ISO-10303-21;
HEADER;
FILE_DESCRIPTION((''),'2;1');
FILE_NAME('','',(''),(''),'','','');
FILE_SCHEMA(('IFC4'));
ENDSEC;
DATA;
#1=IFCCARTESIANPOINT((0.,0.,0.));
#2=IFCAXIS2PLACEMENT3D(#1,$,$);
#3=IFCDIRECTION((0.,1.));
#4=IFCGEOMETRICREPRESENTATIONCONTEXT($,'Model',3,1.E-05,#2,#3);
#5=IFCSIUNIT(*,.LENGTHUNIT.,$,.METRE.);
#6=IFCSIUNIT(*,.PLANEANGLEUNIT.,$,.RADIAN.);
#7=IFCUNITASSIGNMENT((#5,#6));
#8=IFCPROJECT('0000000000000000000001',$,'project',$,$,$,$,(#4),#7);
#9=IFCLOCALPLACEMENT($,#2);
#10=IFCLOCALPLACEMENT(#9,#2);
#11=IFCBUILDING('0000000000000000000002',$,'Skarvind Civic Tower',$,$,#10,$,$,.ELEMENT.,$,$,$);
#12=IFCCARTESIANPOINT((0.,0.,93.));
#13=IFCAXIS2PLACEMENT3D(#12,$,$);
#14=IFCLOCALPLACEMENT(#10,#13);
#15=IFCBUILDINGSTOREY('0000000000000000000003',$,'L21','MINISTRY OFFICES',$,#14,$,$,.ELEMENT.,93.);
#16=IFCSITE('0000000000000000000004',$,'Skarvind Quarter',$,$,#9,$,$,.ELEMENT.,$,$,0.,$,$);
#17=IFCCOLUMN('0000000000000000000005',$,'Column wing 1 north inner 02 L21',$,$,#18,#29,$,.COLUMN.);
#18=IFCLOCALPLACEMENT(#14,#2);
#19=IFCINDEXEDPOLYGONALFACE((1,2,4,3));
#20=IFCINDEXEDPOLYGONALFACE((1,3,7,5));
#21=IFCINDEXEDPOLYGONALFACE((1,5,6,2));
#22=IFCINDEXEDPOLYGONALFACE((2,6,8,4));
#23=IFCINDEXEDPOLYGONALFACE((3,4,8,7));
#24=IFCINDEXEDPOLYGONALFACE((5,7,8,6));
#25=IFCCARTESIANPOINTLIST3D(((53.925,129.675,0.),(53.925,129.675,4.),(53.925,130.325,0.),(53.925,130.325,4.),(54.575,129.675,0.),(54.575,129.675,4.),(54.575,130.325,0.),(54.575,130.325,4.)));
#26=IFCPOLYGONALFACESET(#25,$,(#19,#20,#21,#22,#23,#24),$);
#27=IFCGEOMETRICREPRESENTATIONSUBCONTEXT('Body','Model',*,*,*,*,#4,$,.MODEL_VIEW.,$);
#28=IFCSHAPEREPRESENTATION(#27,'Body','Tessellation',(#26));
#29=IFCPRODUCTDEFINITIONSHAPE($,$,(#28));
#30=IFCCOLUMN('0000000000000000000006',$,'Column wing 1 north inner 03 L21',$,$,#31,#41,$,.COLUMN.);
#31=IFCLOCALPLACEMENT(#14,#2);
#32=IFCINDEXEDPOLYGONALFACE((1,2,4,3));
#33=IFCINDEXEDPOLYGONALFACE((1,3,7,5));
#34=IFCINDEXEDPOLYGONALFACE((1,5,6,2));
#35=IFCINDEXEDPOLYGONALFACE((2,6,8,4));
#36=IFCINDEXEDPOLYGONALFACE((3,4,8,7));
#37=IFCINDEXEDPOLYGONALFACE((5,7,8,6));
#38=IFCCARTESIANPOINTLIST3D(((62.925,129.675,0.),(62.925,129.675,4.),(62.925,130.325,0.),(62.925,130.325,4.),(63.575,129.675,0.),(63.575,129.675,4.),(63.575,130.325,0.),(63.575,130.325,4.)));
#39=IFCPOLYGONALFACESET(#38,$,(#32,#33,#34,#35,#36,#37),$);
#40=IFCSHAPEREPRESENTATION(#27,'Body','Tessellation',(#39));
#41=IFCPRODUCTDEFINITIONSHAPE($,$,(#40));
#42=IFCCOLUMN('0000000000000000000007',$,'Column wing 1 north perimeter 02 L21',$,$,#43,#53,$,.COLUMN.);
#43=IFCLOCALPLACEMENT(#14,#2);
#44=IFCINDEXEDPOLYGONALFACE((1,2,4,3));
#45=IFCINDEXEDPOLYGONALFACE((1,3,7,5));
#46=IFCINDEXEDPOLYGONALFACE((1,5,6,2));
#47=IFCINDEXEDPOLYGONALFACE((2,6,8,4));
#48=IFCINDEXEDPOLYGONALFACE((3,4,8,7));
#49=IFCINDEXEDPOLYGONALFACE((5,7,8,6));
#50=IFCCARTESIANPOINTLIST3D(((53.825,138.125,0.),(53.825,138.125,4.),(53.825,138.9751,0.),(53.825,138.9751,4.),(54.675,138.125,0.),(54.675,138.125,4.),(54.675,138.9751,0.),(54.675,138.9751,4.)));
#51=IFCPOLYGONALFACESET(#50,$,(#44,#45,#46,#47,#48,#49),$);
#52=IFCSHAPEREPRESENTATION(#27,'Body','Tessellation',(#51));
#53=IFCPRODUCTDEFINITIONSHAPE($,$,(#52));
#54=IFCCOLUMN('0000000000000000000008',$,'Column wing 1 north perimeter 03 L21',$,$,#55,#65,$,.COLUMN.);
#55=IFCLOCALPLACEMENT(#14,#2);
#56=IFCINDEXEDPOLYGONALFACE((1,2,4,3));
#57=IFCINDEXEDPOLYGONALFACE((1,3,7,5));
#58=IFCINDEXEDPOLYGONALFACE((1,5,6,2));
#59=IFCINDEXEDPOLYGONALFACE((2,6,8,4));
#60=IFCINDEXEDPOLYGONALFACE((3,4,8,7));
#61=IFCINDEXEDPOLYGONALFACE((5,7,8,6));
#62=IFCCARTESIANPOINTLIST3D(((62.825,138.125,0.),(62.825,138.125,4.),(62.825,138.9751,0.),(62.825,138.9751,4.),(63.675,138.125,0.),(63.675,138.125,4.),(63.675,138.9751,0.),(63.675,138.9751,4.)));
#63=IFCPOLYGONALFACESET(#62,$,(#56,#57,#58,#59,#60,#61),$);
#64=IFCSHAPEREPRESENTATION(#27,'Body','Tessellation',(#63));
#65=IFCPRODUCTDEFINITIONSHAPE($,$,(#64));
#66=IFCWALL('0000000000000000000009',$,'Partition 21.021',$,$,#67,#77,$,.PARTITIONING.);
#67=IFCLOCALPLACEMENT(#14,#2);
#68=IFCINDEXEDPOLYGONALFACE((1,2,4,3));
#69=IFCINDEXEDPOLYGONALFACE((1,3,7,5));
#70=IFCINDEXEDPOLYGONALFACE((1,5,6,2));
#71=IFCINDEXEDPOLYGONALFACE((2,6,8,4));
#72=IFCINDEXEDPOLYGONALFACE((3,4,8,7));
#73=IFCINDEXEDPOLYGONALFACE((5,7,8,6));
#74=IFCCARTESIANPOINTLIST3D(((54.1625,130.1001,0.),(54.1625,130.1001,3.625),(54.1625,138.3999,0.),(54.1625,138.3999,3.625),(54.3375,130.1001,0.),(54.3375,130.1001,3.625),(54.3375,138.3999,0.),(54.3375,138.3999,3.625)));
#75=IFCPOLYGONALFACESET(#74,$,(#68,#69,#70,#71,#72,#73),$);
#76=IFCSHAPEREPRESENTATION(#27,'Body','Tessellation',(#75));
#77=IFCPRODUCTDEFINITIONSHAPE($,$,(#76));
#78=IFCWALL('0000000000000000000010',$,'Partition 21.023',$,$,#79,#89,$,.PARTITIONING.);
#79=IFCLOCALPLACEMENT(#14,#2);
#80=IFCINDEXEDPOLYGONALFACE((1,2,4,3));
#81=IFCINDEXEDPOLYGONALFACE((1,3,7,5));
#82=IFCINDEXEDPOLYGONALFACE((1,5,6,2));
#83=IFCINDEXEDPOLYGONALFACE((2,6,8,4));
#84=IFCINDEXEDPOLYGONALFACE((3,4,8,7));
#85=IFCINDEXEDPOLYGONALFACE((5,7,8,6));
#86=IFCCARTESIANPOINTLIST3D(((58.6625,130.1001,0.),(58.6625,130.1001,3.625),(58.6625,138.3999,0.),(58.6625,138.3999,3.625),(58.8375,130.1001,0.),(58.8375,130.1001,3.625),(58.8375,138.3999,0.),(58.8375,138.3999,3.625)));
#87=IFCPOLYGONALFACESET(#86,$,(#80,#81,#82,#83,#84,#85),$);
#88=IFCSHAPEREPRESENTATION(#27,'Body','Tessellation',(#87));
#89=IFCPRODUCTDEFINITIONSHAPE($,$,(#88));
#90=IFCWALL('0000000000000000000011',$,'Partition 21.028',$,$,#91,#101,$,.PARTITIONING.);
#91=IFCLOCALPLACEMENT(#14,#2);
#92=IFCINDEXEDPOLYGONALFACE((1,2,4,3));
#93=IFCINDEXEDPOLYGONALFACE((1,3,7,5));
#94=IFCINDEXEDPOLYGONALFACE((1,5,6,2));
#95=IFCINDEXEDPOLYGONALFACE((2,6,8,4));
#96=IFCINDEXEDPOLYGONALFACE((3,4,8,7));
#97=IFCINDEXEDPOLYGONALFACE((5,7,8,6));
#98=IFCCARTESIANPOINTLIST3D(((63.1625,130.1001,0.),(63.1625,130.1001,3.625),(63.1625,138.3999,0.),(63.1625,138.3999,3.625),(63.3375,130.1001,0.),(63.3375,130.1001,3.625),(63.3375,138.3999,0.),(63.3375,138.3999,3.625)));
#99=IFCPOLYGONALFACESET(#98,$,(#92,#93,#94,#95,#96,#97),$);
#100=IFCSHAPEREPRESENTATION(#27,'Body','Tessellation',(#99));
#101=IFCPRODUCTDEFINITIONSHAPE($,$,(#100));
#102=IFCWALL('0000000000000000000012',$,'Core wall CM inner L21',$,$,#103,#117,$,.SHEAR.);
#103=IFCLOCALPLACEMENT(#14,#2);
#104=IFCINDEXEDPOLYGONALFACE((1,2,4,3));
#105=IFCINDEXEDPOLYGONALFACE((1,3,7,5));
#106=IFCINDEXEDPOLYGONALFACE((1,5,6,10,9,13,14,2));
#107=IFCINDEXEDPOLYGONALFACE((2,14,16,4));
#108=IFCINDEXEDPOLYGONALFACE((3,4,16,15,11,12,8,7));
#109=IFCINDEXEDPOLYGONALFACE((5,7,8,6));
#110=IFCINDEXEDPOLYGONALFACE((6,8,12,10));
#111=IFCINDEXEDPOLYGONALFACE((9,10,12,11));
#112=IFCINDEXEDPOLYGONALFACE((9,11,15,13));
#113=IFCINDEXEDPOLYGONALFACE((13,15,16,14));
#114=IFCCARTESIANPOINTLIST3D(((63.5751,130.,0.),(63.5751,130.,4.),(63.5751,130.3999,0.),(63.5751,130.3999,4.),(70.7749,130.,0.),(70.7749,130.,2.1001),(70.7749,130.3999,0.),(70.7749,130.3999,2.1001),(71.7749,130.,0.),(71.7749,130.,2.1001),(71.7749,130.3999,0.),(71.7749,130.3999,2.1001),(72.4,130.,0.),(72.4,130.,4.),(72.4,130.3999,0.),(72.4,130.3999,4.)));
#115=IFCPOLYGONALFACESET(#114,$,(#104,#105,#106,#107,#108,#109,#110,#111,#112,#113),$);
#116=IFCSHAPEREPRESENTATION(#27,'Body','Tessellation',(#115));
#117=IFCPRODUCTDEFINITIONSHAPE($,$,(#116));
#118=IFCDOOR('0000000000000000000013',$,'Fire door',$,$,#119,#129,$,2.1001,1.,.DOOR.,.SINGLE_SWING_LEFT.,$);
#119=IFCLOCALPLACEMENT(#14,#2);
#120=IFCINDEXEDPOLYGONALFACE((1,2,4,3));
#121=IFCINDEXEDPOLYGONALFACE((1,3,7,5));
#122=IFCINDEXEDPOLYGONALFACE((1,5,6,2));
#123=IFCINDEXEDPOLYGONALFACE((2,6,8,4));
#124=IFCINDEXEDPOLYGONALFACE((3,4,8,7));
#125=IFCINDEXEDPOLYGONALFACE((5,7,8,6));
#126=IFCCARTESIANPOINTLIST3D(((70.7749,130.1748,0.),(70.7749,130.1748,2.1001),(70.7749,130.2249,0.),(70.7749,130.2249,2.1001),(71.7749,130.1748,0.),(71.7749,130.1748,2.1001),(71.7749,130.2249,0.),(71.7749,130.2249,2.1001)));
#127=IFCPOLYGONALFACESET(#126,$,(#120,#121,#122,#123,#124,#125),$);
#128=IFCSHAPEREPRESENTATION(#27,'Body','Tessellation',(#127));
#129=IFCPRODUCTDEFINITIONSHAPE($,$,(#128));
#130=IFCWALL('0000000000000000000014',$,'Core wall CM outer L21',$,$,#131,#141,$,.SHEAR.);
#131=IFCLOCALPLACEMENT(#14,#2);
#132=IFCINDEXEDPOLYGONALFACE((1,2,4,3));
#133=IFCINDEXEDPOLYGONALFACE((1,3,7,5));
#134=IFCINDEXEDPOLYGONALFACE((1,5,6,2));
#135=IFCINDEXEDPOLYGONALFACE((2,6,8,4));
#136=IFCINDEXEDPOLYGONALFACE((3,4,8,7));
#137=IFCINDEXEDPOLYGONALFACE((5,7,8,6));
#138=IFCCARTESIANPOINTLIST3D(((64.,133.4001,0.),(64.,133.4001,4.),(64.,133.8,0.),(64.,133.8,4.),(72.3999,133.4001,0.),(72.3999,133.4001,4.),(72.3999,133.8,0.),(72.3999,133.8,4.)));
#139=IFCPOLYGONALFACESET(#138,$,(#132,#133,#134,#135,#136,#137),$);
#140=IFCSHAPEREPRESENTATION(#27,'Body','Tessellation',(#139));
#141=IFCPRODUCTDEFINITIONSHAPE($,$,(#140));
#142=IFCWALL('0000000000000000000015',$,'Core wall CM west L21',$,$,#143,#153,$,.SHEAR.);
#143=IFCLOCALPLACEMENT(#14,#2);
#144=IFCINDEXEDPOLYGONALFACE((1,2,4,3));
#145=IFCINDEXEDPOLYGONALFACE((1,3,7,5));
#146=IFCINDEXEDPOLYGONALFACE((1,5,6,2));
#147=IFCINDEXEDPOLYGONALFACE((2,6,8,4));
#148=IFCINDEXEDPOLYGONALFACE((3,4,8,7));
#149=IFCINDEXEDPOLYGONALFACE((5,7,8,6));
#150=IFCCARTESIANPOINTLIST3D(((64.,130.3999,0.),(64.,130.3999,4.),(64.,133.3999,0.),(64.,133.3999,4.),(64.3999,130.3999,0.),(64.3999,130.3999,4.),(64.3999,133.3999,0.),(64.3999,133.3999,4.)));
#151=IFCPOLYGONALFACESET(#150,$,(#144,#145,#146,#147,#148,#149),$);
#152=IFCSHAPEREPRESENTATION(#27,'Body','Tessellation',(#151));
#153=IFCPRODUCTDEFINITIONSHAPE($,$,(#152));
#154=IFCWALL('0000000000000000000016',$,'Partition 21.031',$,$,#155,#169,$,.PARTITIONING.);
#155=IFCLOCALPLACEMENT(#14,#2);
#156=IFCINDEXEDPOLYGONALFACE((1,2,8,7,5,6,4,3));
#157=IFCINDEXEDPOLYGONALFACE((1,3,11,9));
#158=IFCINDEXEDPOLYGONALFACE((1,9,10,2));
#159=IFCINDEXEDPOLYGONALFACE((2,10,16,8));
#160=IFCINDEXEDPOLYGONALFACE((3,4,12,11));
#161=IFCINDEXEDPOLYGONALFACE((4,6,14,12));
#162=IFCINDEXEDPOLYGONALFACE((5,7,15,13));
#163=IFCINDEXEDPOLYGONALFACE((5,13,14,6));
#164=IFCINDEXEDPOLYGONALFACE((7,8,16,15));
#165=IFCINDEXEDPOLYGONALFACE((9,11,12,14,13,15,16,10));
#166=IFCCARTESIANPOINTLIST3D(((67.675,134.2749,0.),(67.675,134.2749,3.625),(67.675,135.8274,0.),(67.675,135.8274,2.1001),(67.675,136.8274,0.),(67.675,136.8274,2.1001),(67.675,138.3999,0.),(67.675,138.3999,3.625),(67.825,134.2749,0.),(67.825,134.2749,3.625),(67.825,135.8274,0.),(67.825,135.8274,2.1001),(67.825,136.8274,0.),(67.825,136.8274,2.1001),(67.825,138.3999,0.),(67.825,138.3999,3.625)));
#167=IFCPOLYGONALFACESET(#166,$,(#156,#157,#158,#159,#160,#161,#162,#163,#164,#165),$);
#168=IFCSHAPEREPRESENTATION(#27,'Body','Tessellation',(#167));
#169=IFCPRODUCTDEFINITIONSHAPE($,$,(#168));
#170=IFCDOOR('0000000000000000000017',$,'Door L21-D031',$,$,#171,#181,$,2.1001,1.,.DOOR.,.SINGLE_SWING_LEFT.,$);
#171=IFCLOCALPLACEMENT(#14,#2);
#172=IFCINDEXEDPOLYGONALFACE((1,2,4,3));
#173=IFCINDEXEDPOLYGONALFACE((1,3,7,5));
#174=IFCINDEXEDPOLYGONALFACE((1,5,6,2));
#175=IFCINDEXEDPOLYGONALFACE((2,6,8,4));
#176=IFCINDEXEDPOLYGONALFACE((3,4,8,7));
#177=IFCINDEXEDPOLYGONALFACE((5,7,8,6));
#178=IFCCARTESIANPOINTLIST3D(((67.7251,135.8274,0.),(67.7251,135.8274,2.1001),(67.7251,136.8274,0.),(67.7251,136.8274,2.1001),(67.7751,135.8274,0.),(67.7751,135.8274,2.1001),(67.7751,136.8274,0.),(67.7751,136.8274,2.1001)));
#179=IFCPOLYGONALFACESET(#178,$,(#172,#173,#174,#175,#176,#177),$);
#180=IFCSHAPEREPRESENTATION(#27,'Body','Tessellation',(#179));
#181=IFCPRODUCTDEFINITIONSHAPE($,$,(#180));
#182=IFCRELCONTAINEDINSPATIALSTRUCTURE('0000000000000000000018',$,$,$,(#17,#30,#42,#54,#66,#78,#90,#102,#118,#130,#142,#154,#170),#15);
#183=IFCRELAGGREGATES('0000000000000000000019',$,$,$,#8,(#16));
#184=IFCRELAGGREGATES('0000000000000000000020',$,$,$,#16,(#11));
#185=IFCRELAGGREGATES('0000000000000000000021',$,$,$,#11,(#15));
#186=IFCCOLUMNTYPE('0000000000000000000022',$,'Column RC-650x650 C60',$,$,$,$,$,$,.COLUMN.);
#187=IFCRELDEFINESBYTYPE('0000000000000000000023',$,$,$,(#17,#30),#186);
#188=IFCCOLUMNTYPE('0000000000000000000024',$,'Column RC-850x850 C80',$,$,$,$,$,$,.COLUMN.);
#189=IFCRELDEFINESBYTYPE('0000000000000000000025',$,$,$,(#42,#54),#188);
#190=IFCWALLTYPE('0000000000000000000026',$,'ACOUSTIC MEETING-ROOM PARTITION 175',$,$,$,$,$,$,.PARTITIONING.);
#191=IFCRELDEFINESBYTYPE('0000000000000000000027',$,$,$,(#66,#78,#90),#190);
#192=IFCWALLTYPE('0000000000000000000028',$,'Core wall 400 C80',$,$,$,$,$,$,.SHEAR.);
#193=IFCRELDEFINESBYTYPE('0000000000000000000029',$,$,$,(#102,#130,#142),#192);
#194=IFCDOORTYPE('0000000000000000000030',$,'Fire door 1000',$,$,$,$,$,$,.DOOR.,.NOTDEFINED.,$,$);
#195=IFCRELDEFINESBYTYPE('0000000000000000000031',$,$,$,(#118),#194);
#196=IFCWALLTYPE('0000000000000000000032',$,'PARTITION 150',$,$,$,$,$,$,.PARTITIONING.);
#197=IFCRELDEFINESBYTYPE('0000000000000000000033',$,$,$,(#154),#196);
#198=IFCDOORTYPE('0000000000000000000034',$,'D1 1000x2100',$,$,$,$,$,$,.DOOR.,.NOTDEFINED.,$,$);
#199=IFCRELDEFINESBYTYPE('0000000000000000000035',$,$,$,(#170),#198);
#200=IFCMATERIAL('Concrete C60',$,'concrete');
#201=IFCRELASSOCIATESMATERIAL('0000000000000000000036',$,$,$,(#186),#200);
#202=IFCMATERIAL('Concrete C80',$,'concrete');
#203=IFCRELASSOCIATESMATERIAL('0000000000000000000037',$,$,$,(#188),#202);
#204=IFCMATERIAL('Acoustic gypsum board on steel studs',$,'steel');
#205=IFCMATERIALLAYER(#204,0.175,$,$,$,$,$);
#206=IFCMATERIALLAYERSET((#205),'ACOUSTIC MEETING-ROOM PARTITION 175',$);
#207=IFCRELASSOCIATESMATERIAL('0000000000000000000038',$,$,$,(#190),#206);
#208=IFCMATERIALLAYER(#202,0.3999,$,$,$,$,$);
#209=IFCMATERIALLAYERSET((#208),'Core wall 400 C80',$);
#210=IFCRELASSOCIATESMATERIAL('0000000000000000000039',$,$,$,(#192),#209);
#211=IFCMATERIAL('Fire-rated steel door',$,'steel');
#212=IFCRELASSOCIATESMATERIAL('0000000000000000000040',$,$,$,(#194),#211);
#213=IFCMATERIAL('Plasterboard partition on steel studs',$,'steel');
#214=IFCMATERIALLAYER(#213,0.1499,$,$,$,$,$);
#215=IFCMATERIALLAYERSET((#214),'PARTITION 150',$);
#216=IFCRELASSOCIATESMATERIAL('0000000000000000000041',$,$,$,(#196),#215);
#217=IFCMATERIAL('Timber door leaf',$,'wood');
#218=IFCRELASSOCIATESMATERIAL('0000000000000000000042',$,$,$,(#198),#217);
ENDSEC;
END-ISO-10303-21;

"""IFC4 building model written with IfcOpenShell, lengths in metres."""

from ifc_helpers import new_model, si_unit, direction, frame, frame_2d, origin, origin_2d, place, context, subcontext, project, spatial, rectangle, extrude, material, layer, layer_set, material_profile, profile_set, type_object, element, fill, save


model = new_model("IFC4")

# Units and contexts
model_context = context("Model", 3, precision=1e-05, world=origin(), true_north=direction((0.0, 1.0)))
body_context = subcontext(model_context, "Body", "Model", "MODEL_VIEW")
ifc_project = project(units=[si_unit("LENGTHUNIT", "METRE"), si_unit("PLANEANGLEUNIT", "RADIAN")], contexts=[model_context])

# Site, building, storey
site_placement = place(None, origin())
site = spatial("IfcSite", under=ifc_project, at=site_placement, Name="Skarvind Quarter", CompositionType="ELEMENT", RefElevation=0.0)
building_placement = place(site_placement, origin())
building = spatial("IfcBuilding", under=site, at=building_placement, Name="Skarvind Civic Tower", CompositionType="ELEMENT")
storey_placement = place(building_placement, frame((0.0, 0.0, 93.0)))
storey = spatial("IfcBuildingStorey", under=building, at=storey_placement, Name="L21", Description="MINISTRY OFFICES", CompositionType="ELEMENT", Elevation=93.0)

# Columns
ifc_material_1 = material(Name="Concrete C60", Category="concrete")
ifc_material_profile_1 = material_profile(ifc_material_1, rectangle(XDim=0.6499, YDim=0.6499, at=origin_2d()), Name="RC-650x650")
ifc_profile_set_1 = profile_set([ifc_material_profile_1], Name="Concrete C60")
column_type_1 = type_object("IfcColumnType", Name="Column RC-650x650 C60", PredefinedType="COLUMN", material=ifc_profile_set_1)
for number, where, z_axis, x_axis, name in (
    (1, (54.25, 130.0, 0.0), (0.0, 0.0, 1.0), (1.0, 0.0, 0.0), "Column wing 1 north inner 02 L21"),
    (2, (63.25, 130.0, 0.0), (0.0, 0.0, 1.0), (1.0, 0.0, 0.0), "Column wing 1 north inner 03 L21"),
):
    element("IfcColumn", number, at=place(storey_placement, frame(where, z_axis=z_axis, x_axis=x_axis)), inside=storey, type_object=column_type_1, Name=name, PredefinedType="COLUMN", context=body_context, shape_type="SweptSolid", body=[
        extrude(rectangle(XDim=0.6499, YDim=0.6499, at=origin_2d()), origin(), (0.0, 0.0, 1.0), 4.0),
    ])
ifc_material_2 = material(Name="Concrete C80", Category="concrete")
ifc_material_profile_2 = material_profile(ifc_material_2, rectangle(XDim=0.8501, YDim=0.8501, at=origin_2d()), Name="RC-850x850")
ifc_profile_set_2 = profile_set([ifc_material_profile_2], Name="Concrete C80")
column_type_2 = type_object("IfcColumnType", Name="Column RC-850x850 C80", PredefinedType="COLUMN", material=ifc_profile_set_2)
for number, where, z_axis, x_axis, name in (
    (3, (54.25, 138.55, 0.0), (0.0, 0.0, 1.0), (1.0, 0.0, 0.0), "Column wing 1 north perimeter 02 L21"),
    (4, (63.25, 138.55, 0.0), (0.0, 0.0, 1.0), (1.0, 0.0, 0.0), "Column wing 1 north perimeter 03 L21"),
):
    element("IfcColumn", number, at=place(storey_placement, frame(where, z_axis=z_axis, x_axis=x_axis)), inside=storey, type_object=column_type_2, Name=name, PredefinedType="COLUMN", context=body_context, shape_type="SweptSolid", body=[
        extrude(rectangle(XDim=0.8501, YDim=0.8501, at=origin_2d()), origin(), (0.0, 0.0, 1.0), 4.0),
    ])

# Walls
ifc_material_3 = material(Name="Acoustic gypsum board on steel studs", Category="steel")
ifc_layer_1 = layer(ifc_material_3, 0.175)
ifc_layer_set_1 = layer_set([ifc_layer_1], Name="ACOUSTIC MEETING-ROOM PARTITION 175")
wall_type_1 = type_object("IfcWallType", Name="ACOUSTIC MEETING-ROOM PARTITION 175", PredefinedType="PARTITIONING", material=ifc_layer_set_1)
for number, where, z_axis, x_axis, name in (
    (5, (54.25, 138.3999, 0.0), (0.0, 0.0, 1.0), (0.0, -1.0, 0.0), "Partition 21.021"),
    (6, (58.75, 130.1001, 0.0), (0.0, 0.0, 1.0), (0.0, 1.0, 0.0), "Partition 21.023"),
    (7, (63.25, 130.1001, 0.0), (0.0, 0.0, 1.0), (0.0, 1.0, 0.0), "Partition 21.028"),
):
    element("IfcWall", number, at=place(storey_placement, frame(where, z_axis=z_axis, x_axis=x_axis)), inside=storey, type_object=wall_type_1, Name=name, PredefinedType="PARTITIONING", context=body_context, shape_type="SweptSolid", body=[
        extrude(rectangle(XDim=8.2998, YDim=0.175, at=frame_2d((4.1499, 0.0))), origin(), (0.0, 0.0, 1.0), 3.625),
    ])

# Wall, opening, door
ifc_layer_2 = layer(ifc_material_2, 0.3999)
ifc_layer_set_2 = layer_set([ifc_layer_2], Name="Core wall 400 C80")
wall_type_2 = type_object("IfcWallType", Name="Core wall 400 C80", PredefinedType="SHEAR", material=ifc_layer_set_2)
wall_1_placement = place(storey_placement, frame((63.575, 130.2, 0.0), z_axis=(0.0, 0.0, 1.0), x_axis=(1.0, 0.0, 0.0)))
wall_1 = element("IfcWall", 8, at=wall_1_placement, inside=storey, type_object=wall_type_2, Name="Core wall CM inner L21", PredefinedType="SHEAR", context=body_context, shape_type="SweptSolid", body=[
    extrude(rectangle(XDim=8.825, YDim=0.3999, at=frame_2d((4.4126, 0.0))), origin(), (0.0, 0.0, 1.0), 4.0),
])
opening_1_placement = place(wall_1_placement, frame((7.2, 0.0, 0.0)))
opening_1 = element("IfcOpeningElement", 9, at=opening_1_placement, cuts=wall_1, PredefinedType="OPENING", context=body_context, shape_type="SweptSolid", body=[
    extrude(rectangle(XDim=1.0, YDim=2.1001, at=frame_2d((0.5, 1.05))), frame((0.0, 0.21, 0.0), z_axis=(0.0, -1.0, 0.0), x_axis=(1.0, 0.0, 0.0)), (0.0, 0.0, 1.0), 0.4199),
])
ifc_material_4 = material(Name="Fire-rated steel door", Category="steel")
door_type_1 = type_object("IfcDoorType", Name="Fire door 1000", OperationType="NOTDEFINED", PredefinedType="DOOR", material=ifc_material_4)
door_1_placement = place(opening_1_placement, origin())
door_1 = element("IfcDoor", 10, at=door_1_placement, inside=storey, type_object=door_type_1, Name="Fire door", OperationType="SINGLE_SWING_LEFT", OverallHeight=2.1001, OverallWidth=1.0, PredefinedType="DOOR", context=body_context, shape_type="SweptSolid", body=[
    extrude(rectangle(XDim=1.0, YDim=2.1001, at=frame_2d((0.5, 1.05))), frame((0.0, 0.0249, 0.0), z_axis=(0.0, -1.0, 0.0), x_axis=(1.0, 0.0, 0.0)), (0.0, 0.0, 1.0), 0.05),
])
fill(opening_1, door_1)

# Walls
wall_2_placement = place(storey_placement, frame((64.0, 133.6001, 0.0), z_axis=(0.0, 0.0, 1.0), x_axis=(1.0, 0.0, 0.0)))
element("IfcWall", 11, at=wall_2_placement, inside=storey, type_object=wall_type_2, Name="Core wall CM outer L21", PredefinedType="SHEAR", context=body_context, shape_type="SweptSolid", body=[
    extrude(rectangle(XDim=8.3999, YDim=0.3999, at=frame_2d((4.2, 0.0))), origin(), (0.0, 0.0, 1.0), 4.0),
])
wall_3_placement = place(storey_placement, frame((64.2, 130.3999, 0.0), z_axis=(0.0, 0.0, 1.0), x_axis=(0.0, 1.0, 0.0)))
element("IfcWall", 12, at=wall_3_placement, inside=storey, type_object=wall_type_2, Name="Core wall CM west L21", PredefinedType="SHEAR", context=body_context, shape_type="SweptSolid", body=[
    extrude(rectangle(XDim=3.0, YDim=0.3999, at=frame_2d((1.5, 0.0))), origin(), (0.0, 0.0, 1.0), 4.0),
])

# Wall, opening, door
ifc_material_5 = material(Name="Plasterboard partition on steel studs", Category="steel")
ifc_layer_3 = layer(ifc_material_5, 0.1499)
ifc_layer_set_3 = layer_set([ifc_layer_3], Name="PARTITION 150")
wall_type_3 = type_object("IfcWallType", Name="PARTITION 150", PredefinedType="PARTITIONING", material=ifc_layer_set_3)
wall_4_placement = place(storey_placement, frame((67.75, 134.2749, 0.0), z_axis=(0.0, 0.0, 1.0), x_axis=(0.0, 1.0, 0.0)))
wall_4 = element("IfcWall", 13, at=wall_4_placement, inside=storey, type_object=wall_type_3, Name="Partition 21.031", PredefinedType="PARTITIONING", context=body_context, shape_type="SweptSolid", body=[
    extrude(rectangle(XDim=4.125, YDim=0.1499, at=frame_2d((2.0625, 0.0))), origin(), (0.0, 0.0, 1.0), 3.625),
])
opening_2_placement = place(wall_4_placement, frame((1.5525, 0.0, 0.0)))
opening_2 = element("IfcOpeningElement", 14, at=opening_2_placement, cuts=wall_4, PredefinedType="OPENING", context=body_context, shape_type="SweptSolid", body=[
    extrude(rectangle(XDim=1.0, YDim=2.1001, at=frame_2d((0.5, 1.05))), frame((0.0, 0.085, 0.0), z_axis=(0.0, -1.0, 0.0), x_axis=(1.0, 0.0, 0.0)), (0.0, 0.0, 1.0), 0.1699),
])
ifc_material_6 = material(Name="Timber door leaf", Category="wood")
door_type_2 = type_object("IfcDoorType", Name="D1 1000x2100", OperationType="NOTDEFINED", PredefinedType="DOOR", material=ifc_material_6)
door_2_placement = place(opening_2_placement, origin())
door_2 = element("IfcDoor", 15, at=door_2_placement, inside=storey, type_object=door_type_2, Name="Door L21-D031", OperationType="SINGLE_SWING_LEFT", OverallHeight=2.1001, OverallWidth=1.0, PredefinedType="DOOR", context=body_context, shape_type="SweptSolid", body=[
    extrude(rectangle(XDim=1.0, YDim=2.1001, at=frame_2d((0.5, 1.05))), frame((0.0, 0.0249, 0.0), z_axis=(0.0, -1.0, 0.0), x_axis=(1.0, 0.0, 0.0)), (0.0, 0.0, 1.0), 0.05),
])
fill(opening_2, door_2)

save(model, "model.ifc")
